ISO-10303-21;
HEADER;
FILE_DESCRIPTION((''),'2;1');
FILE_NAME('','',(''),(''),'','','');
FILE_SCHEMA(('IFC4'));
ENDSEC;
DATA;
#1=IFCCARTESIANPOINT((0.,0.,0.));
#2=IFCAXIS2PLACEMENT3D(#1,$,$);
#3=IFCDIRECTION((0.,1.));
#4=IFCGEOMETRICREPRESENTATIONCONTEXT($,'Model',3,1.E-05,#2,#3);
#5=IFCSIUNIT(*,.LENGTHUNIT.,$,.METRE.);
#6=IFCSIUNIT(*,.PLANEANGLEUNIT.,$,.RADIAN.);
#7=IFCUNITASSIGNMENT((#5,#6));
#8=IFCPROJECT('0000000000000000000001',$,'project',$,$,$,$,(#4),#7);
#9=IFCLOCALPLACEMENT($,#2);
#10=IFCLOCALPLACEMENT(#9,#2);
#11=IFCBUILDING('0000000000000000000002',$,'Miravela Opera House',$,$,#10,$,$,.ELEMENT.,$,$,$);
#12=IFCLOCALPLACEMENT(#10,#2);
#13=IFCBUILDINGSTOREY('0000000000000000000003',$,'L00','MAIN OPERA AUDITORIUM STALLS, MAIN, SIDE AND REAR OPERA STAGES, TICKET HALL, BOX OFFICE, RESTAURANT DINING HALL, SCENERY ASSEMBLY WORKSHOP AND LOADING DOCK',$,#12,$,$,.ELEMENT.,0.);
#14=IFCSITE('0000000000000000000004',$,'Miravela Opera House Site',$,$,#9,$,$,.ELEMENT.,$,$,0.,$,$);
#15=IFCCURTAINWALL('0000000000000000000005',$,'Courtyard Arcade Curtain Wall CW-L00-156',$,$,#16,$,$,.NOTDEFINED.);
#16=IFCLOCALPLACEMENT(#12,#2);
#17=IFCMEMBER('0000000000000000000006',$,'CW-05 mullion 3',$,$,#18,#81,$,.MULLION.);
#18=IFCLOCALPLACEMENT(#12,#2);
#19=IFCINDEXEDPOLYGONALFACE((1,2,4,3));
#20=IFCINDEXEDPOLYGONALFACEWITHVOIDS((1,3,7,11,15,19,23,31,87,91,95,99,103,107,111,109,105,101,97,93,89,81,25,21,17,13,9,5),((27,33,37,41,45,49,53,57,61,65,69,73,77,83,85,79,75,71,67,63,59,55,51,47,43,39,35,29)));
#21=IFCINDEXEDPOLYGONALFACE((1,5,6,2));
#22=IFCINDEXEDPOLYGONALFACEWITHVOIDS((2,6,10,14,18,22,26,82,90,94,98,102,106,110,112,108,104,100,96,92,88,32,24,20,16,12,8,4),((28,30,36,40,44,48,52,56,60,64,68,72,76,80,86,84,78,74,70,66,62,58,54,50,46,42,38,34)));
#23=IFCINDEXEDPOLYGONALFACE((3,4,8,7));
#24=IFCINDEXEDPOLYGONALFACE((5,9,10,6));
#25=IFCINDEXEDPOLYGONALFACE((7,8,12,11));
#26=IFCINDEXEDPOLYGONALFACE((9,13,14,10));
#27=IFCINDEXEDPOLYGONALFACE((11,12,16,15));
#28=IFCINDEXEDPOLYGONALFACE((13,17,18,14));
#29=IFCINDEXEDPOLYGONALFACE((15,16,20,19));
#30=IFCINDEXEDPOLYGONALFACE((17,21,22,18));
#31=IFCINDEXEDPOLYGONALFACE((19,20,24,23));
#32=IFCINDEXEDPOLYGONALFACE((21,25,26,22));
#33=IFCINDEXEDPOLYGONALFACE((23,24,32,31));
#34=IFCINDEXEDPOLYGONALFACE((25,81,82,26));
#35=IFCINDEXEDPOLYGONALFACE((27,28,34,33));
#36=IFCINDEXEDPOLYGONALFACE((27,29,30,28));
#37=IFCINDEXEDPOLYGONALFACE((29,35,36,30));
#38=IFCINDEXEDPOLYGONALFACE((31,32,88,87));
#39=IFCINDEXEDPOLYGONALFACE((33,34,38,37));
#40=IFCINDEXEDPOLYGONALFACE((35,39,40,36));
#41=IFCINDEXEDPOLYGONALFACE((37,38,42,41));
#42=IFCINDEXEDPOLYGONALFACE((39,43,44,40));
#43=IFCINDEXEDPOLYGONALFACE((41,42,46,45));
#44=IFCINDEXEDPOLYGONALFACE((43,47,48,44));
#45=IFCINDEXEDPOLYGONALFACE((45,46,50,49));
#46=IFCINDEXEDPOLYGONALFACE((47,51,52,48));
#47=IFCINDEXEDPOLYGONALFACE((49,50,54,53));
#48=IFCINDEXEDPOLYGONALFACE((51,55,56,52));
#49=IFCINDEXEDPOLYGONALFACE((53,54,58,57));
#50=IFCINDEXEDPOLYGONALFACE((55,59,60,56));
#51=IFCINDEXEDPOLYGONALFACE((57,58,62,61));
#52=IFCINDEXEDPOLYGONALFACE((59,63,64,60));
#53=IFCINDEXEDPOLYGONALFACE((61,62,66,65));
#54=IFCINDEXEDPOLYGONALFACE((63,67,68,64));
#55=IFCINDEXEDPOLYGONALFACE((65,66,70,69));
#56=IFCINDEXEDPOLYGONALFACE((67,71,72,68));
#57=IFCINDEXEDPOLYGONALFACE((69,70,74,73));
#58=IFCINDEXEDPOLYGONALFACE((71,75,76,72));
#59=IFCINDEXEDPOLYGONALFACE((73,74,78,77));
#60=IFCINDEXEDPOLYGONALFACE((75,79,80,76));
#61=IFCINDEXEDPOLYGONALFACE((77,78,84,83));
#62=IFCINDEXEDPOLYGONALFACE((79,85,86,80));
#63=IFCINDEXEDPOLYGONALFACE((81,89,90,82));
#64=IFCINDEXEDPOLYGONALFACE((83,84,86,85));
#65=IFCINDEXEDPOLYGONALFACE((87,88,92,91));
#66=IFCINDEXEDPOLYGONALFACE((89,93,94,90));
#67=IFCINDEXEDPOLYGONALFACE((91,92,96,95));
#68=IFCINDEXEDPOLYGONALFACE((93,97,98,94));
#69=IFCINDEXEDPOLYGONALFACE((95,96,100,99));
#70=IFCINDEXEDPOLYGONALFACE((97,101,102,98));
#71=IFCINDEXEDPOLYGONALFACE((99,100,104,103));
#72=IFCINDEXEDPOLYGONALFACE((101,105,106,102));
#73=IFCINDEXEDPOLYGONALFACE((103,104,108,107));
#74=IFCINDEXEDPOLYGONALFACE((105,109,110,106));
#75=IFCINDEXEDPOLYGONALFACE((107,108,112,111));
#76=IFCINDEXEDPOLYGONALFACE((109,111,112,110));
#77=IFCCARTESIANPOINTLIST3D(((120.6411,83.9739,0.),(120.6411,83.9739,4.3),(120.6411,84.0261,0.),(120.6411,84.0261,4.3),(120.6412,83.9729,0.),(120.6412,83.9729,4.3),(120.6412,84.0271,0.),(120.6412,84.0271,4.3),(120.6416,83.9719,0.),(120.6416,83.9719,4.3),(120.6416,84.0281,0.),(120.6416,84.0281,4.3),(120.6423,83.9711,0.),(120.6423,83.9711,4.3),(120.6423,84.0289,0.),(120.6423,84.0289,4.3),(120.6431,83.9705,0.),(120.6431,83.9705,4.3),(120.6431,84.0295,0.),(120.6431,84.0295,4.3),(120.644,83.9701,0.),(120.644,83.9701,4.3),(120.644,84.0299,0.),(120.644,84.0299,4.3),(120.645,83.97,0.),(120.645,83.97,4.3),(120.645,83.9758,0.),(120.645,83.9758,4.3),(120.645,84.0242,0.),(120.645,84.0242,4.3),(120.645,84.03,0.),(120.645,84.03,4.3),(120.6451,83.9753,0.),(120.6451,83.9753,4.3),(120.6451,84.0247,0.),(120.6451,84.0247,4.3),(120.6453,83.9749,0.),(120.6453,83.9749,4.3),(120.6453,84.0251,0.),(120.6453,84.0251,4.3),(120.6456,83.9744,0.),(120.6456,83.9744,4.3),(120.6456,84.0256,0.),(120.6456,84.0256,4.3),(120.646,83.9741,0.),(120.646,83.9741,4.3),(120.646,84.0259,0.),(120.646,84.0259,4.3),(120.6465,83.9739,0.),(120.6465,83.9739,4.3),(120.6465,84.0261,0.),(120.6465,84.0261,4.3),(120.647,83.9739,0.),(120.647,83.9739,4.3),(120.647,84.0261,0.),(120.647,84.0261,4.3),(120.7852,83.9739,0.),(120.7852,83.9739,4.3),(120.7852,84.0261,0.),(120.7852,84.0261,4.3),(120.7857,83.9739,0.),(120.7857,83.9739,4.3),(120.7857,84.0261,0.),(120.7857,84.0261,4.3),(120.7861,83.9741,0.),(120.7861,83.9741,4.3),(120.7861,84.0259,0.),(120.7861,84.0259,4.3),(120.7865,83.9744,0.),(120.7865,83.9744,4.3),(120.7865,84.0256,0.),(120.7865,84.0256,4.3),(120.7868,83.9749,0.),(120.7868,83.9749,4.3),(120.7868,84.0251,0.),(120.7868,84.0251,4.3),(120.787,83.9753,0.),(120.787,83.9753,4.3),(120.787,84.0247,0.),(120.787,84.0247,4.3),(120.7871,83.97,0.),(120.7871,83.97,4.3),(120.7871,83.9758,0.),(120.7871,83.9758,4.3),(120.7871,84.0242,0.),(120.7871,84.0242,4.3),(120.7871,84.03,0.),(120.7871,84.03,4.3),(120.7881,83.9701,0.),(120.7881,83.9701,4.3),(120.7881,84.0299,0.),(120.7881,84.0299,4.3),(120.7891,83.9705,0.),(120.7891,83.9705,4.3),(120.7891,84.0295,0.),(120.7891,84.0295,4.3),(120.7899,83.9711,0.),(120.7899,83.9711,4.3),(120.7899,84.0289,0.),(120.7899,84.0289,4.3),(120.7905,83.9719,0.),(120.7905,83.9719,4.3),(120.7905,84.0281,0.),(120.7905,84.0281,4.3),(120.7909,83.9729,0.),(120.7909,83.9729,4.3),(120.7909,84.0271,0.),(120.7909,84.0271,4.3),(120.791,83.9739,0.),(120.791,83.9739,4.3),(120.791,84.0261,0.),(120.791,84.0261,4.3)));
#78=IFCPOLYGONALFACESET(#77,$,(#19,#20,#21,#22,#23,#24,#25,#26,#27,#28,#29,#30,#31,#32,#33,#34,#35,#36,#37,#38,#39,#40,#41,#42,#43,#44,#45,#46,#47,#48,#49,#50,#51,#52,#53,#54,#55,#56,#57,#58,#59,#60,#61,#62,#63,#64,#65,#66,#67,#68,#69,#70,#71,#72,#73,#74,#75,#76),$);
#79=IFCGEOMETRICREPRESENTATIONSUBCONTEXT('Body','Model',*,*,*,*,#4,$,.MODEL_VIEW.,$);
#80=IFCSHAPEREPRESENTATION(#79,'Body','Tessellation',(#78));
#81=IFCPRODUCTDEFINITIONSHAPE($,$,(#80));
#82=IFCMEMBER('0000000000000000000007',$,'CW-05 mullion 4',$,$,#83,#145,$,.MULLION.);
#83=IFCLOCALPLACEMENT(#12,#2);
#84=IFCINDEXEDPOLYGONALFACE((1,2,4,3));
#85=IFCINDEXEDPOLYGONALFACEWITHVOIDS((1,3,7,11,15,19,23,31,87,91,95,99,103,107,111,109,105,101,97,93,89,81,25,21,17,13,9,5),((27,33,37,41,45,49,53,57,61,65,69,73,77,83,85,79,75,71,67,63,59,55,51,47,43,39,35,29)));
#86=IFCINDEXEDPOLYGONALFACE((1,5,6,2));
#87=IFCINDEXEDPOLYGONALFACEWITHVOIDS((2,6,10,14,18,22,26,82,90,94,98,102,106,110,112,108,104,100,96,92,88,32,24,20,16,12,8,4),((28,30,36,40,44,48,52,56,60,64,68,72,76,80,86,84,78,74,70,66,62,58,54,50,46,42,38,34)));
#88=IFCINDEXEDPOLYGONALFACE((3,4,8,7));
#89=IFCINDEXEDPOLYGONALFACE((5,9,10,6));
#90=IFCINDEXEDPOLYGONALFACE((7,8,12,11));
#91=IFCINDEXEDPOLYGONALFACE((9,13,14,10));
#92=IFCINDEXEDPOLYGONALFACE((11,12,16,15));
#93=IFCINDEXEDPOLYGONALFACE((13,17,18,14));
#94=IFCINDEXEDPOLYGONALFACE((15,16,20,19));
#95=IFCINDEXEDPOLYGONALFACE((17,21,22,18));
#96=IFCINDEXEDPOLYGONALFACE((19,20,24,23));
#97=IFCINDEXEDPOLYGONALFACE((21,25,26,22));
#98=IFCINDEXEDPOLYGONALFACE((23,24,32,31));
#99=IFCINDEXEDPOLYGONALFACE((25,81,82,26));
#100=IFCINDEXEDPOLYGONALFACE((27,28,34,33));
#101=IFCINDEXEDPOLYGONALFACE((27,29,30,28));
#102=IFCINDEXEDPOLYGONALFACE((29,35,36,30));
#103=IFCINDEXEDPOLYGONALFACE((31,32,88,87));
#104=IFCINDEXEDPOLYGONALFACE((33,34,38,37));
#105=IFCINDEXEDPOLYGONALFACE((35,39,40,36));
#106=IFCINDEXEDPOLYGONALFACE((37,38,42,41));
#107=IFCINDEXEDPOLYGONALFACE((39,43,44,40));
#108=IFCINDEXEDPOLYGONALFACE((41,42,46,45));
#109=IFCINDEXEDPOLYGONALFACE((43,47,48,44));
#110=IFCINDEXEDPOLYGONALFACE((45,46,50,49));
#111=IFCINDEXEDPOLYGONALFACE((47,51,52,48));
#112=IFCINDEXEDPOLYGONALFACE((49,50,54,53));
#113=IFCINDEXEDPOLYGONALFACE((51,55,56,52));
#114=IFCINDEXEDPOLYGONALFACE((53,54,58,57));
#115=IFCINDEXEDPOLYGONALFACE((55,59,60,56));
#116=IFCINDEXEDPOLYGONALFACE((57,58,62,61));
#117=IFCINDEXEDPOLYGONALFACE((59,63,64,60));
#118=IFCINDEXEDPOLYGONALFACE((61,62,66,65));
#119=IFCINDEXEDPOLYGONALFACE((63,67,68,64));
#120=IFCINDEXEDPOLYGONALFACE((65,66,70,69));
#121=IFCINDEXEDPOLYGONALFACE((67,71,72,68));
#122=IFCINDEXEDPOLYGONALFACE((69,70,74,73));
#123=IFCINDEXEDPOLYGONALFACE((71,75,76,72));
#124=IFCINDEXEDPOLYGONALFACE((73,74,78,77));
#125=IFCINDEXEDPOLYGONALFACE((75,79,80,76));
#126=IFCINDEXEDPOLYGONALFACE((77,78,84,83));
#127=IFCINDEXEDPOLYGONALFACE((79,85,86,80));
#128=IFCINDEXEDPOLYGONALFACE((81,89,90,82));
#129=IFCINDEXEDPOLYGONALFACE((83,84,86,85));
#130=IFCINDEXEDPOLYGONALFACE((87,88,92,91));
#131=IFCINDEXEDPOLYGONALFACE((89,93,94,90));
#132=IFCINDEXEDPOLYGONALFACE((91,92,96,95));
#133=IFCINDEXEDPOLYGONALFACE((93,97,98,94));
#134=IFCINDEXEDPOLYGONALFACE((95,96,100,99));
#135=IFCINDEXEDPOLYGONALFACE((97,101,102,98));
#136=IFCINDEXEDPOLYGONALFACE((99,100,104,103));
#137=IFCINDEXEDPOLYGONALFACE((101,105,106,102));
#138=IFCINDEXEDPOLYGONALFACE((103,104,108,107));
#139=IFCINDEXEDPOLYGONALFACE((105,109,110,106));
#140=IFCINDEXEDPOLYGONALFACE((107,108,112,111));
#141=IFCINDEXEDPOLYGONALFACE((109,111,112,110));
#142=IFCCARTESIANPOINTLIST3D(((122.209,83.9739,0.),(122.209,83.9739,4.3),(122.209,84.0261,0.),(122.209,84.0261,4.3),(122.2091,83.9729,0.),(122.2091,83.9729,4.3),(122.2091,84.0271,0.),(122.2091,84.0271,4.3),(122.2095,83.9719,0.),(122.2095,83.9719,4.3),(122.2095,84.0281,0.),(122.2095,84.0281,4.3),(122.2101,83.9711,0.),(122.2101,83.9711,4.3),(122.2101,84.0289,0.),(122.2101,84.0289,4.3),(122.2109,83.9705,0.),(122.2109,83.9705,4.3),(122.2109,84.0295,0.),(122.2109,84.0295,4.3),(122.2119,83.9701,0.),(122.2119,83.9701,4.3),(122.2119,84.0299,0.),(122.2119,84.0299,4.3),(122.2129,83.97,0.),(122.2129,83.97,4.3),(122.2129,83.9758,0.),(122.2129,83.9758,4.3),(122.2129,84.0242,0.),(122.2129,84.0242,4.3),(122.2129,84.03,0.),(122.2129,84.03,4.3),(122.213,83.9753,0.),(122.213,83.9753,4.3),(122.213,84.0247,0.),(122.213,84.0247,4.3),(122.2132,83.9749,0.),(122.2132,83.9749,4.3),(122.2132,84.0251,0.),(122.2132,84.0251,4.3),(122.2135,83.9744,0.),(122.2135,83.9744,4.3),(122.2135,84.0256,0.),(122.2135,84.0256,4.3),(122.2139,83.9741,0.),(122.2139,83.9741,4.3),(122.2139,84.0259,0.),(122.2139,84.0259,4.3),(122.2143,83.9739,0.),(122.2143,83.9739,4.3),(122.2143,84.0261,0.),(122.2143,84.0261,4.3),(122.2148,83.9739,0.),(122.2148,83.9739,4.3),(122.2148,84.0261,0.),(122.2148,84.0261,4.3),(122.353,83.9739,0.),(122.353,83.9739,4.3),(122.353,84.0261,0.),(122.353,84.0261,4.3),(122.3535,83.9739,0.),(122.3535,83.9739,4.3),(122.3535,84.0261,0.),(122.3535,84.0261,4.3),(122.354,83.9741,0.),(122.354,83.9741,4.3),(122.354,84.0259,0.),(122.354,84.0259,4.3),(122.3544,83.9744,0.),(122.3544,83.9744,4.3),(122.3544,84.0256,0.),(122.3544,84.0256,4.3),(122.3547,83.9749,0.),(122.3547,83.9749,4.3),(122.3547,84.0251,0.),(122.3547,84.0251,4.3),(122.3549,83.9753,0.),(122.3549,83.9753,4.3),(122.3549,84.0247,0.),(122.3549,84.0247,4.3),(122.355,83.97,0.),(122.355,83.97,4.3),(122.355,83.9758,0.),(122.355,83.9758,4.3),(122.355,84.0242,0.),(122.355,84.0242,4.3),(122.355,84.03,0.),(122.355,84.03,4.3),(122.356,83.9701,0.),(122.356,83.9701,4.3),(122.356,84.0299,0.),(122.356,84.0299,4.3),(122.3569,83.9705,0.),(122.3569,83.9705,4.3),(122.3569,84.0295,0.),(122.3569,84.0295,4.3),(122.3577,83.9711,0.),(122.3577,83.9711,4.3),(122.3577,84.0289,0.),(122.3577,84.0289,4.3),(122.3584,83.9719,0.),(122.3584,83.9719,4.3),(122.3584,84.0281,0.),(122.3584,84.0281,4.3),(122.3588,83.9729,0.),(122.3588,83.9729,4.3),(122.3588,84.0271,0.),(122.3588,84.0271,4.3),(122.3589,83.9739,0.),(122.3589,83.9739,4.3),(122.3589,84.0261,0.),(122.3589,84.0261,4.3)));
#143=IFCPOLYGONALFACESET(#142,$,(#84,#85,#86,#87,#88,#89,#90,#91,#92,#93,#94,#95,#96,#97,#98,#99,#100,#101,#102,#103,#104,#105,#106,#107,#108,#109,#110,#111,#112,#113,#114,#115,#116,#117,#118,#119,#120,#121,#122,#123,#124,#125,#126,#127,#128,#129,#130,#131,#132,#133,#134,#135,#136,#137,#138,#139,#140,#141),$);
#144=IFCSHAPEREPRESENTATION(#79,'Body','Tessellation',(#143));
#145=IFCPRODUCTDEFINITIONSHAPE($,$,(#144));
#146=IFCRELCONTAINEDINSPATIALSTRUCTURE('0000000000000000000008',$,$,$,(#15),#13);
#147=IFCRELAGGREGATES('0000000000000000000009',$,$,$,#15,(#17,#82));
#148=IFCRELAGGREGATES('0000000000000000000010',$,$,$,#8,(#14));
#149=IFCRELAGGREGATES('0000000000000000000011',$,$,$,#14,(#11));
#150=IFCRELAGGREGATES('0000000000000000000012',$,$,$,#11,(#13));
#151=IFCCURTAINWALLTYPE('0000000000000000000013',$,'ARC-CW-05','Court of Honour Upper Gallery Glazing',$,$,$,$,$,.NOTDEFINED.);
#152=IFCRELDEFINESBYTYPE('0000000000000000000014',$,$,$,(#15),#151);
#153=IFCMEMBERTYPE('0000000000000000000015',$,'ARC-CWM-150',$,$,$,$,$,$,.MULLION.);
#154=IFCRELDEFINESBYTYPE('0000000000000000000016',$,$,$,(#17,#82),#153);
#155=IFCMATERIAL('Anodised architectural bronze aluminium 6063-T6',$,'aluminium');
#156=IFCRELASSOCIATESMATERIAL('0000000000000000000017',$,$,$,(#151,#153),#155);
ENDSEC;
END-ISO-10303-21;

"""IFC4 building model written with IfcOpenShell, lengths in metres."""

from ifc_helpers import new_model, si_unit, direction, frame, origin, origin_2d, place, context, subcontext, project, spatial, hollow_rectangle, extrude, material, material_profile, profile_set, type_object, element, aggregate, save


model = new_model("IFC4")

# Units and contexts
model_context = context("Model", 3, precision=1e-05, world=origin(), true_north=direction((0.0, 1.0)))
body_context = subcontext(model_context, "Body", "Model", "MODEL_VIEW")
ifc_project = project(units=[si_unit("LENGTHUNIT", "METRE"), si_unit("PLANEANGLEUNIT", "RADIAN")], contexts=[model_context])

# Site, building, storey
site_placement = place(None, origin())
site = spatial("IfcSite", under=ifc_project, at=site_placement, Name="Miravela Opera House Site", CompositionType="ELEMENT", RefElevation=0.0)
building_placement = place(site_placement, origin())
building = spatial("IfcBuilding", under=site, at=building_placement, Name="Miravela Opera House", CompositionType="ELEMENT")
storey_placement = place(building_placement, origin())
storey = spatial("IfcBuildingStorey", under=building, at=storey_placement, Name="L00", Description="MAIN OPERA AUDITORIUM STALLS, MAIN, SIDE AND REAR OPERA STAGES, TICKET HALL, BOX OFFICE, RESTAURANT DINING HALL, SCENERY ASSEMBLY WORKSHOP AND LOADING DOCK", CompositionType="ELEMENT", Elevation=0.0)

# Curtain wall, members
ifc_material_1 = material(Name="Anodised architectural bronze aluminium 6063-T6", Category="aluminium")
curtain_wall_type = type_object("IfcCurtainWallType", Name="ARC-CW-05", Description="Court of Honour Upper Gallery Glazing", PredefinedType="NOTDEFINED", material=ifc_material_1)
curtain_wall_placement = place(storey_placement, origin())
curtain_wall = element("IfcCurtainWall", 1, at=curtain_wall_placement, inside=storey, type_object=curtain_wall_type, Name="Courtyard Arcade Curtain Wall CW-L00-156", PredefinedType="NOTDEFINED")
ifc_material_profile_1 = material_profile(ifc_material_1, hollow_rectangle(XDim=0.0601, YDim=0.1499, WallThickness=0.0039, InnerFilletRadius=0.002, OuterFilletRadius=0.0039, at=origin_2d()), Name="CWM-60X150")
ifc_profile_set_1 = profile_set([ifc_material_profile_1])
member_type_1 = type_object("IfcMemberType", Name="ARC-CWM-150", PredefinedType="MULLION", material=ifc_profile_set_1)
member_1_placement = place(storey_placement, frame((120.7161, 84.0, 0.0), z_axis=(0.0, 0.0, 1.0), x_axis=(0.0, 1.0, 0.0)))
member_1 = element("IfcMember", 2, at=member_1_placement, type_object=member_type_1, Name="CW-05 mullion 3", PredefinedType="MULLION", context=body_context, shape_type="SweptSolid", body=[
    extrude(hollow_rectangle(XDim=0.0601, YDim=0.1499, WallThickness=0.0039, InnerFilletRadius=0.002, OuterFilletRadius=0.0039, at=origin_2d()), origin(), (0.0, 0.0, 1.0), 4.3),
])
member_2_placement = place(storey_placement, frame((122.2839, 84.0, 0.0), z_axis=(0.0, 0.0, 1.0), x_axis=(0.0, 1.0, 0.0)))
member_2 = element("IfcMember", 3, at=member_2_placement, type_object=member_type_1, Name="CW-05 mullion 4", PredefinedType="MULLION", context=body_context, shape_type="SweptSolid", body=[
    extrude(hollow_rectangle(XDim=0.0601, YDim=0.1499, WallThickness=0.0039, InnerFilletRadius=0.002, OuterFilletRadius=0.0039, at=origin_2d()), origin(), (0.0, 0.0, 1.0), 4.3),
])
aggregate(curtain_wall, [member_1, member_2])

save(model, "model.ifc")
